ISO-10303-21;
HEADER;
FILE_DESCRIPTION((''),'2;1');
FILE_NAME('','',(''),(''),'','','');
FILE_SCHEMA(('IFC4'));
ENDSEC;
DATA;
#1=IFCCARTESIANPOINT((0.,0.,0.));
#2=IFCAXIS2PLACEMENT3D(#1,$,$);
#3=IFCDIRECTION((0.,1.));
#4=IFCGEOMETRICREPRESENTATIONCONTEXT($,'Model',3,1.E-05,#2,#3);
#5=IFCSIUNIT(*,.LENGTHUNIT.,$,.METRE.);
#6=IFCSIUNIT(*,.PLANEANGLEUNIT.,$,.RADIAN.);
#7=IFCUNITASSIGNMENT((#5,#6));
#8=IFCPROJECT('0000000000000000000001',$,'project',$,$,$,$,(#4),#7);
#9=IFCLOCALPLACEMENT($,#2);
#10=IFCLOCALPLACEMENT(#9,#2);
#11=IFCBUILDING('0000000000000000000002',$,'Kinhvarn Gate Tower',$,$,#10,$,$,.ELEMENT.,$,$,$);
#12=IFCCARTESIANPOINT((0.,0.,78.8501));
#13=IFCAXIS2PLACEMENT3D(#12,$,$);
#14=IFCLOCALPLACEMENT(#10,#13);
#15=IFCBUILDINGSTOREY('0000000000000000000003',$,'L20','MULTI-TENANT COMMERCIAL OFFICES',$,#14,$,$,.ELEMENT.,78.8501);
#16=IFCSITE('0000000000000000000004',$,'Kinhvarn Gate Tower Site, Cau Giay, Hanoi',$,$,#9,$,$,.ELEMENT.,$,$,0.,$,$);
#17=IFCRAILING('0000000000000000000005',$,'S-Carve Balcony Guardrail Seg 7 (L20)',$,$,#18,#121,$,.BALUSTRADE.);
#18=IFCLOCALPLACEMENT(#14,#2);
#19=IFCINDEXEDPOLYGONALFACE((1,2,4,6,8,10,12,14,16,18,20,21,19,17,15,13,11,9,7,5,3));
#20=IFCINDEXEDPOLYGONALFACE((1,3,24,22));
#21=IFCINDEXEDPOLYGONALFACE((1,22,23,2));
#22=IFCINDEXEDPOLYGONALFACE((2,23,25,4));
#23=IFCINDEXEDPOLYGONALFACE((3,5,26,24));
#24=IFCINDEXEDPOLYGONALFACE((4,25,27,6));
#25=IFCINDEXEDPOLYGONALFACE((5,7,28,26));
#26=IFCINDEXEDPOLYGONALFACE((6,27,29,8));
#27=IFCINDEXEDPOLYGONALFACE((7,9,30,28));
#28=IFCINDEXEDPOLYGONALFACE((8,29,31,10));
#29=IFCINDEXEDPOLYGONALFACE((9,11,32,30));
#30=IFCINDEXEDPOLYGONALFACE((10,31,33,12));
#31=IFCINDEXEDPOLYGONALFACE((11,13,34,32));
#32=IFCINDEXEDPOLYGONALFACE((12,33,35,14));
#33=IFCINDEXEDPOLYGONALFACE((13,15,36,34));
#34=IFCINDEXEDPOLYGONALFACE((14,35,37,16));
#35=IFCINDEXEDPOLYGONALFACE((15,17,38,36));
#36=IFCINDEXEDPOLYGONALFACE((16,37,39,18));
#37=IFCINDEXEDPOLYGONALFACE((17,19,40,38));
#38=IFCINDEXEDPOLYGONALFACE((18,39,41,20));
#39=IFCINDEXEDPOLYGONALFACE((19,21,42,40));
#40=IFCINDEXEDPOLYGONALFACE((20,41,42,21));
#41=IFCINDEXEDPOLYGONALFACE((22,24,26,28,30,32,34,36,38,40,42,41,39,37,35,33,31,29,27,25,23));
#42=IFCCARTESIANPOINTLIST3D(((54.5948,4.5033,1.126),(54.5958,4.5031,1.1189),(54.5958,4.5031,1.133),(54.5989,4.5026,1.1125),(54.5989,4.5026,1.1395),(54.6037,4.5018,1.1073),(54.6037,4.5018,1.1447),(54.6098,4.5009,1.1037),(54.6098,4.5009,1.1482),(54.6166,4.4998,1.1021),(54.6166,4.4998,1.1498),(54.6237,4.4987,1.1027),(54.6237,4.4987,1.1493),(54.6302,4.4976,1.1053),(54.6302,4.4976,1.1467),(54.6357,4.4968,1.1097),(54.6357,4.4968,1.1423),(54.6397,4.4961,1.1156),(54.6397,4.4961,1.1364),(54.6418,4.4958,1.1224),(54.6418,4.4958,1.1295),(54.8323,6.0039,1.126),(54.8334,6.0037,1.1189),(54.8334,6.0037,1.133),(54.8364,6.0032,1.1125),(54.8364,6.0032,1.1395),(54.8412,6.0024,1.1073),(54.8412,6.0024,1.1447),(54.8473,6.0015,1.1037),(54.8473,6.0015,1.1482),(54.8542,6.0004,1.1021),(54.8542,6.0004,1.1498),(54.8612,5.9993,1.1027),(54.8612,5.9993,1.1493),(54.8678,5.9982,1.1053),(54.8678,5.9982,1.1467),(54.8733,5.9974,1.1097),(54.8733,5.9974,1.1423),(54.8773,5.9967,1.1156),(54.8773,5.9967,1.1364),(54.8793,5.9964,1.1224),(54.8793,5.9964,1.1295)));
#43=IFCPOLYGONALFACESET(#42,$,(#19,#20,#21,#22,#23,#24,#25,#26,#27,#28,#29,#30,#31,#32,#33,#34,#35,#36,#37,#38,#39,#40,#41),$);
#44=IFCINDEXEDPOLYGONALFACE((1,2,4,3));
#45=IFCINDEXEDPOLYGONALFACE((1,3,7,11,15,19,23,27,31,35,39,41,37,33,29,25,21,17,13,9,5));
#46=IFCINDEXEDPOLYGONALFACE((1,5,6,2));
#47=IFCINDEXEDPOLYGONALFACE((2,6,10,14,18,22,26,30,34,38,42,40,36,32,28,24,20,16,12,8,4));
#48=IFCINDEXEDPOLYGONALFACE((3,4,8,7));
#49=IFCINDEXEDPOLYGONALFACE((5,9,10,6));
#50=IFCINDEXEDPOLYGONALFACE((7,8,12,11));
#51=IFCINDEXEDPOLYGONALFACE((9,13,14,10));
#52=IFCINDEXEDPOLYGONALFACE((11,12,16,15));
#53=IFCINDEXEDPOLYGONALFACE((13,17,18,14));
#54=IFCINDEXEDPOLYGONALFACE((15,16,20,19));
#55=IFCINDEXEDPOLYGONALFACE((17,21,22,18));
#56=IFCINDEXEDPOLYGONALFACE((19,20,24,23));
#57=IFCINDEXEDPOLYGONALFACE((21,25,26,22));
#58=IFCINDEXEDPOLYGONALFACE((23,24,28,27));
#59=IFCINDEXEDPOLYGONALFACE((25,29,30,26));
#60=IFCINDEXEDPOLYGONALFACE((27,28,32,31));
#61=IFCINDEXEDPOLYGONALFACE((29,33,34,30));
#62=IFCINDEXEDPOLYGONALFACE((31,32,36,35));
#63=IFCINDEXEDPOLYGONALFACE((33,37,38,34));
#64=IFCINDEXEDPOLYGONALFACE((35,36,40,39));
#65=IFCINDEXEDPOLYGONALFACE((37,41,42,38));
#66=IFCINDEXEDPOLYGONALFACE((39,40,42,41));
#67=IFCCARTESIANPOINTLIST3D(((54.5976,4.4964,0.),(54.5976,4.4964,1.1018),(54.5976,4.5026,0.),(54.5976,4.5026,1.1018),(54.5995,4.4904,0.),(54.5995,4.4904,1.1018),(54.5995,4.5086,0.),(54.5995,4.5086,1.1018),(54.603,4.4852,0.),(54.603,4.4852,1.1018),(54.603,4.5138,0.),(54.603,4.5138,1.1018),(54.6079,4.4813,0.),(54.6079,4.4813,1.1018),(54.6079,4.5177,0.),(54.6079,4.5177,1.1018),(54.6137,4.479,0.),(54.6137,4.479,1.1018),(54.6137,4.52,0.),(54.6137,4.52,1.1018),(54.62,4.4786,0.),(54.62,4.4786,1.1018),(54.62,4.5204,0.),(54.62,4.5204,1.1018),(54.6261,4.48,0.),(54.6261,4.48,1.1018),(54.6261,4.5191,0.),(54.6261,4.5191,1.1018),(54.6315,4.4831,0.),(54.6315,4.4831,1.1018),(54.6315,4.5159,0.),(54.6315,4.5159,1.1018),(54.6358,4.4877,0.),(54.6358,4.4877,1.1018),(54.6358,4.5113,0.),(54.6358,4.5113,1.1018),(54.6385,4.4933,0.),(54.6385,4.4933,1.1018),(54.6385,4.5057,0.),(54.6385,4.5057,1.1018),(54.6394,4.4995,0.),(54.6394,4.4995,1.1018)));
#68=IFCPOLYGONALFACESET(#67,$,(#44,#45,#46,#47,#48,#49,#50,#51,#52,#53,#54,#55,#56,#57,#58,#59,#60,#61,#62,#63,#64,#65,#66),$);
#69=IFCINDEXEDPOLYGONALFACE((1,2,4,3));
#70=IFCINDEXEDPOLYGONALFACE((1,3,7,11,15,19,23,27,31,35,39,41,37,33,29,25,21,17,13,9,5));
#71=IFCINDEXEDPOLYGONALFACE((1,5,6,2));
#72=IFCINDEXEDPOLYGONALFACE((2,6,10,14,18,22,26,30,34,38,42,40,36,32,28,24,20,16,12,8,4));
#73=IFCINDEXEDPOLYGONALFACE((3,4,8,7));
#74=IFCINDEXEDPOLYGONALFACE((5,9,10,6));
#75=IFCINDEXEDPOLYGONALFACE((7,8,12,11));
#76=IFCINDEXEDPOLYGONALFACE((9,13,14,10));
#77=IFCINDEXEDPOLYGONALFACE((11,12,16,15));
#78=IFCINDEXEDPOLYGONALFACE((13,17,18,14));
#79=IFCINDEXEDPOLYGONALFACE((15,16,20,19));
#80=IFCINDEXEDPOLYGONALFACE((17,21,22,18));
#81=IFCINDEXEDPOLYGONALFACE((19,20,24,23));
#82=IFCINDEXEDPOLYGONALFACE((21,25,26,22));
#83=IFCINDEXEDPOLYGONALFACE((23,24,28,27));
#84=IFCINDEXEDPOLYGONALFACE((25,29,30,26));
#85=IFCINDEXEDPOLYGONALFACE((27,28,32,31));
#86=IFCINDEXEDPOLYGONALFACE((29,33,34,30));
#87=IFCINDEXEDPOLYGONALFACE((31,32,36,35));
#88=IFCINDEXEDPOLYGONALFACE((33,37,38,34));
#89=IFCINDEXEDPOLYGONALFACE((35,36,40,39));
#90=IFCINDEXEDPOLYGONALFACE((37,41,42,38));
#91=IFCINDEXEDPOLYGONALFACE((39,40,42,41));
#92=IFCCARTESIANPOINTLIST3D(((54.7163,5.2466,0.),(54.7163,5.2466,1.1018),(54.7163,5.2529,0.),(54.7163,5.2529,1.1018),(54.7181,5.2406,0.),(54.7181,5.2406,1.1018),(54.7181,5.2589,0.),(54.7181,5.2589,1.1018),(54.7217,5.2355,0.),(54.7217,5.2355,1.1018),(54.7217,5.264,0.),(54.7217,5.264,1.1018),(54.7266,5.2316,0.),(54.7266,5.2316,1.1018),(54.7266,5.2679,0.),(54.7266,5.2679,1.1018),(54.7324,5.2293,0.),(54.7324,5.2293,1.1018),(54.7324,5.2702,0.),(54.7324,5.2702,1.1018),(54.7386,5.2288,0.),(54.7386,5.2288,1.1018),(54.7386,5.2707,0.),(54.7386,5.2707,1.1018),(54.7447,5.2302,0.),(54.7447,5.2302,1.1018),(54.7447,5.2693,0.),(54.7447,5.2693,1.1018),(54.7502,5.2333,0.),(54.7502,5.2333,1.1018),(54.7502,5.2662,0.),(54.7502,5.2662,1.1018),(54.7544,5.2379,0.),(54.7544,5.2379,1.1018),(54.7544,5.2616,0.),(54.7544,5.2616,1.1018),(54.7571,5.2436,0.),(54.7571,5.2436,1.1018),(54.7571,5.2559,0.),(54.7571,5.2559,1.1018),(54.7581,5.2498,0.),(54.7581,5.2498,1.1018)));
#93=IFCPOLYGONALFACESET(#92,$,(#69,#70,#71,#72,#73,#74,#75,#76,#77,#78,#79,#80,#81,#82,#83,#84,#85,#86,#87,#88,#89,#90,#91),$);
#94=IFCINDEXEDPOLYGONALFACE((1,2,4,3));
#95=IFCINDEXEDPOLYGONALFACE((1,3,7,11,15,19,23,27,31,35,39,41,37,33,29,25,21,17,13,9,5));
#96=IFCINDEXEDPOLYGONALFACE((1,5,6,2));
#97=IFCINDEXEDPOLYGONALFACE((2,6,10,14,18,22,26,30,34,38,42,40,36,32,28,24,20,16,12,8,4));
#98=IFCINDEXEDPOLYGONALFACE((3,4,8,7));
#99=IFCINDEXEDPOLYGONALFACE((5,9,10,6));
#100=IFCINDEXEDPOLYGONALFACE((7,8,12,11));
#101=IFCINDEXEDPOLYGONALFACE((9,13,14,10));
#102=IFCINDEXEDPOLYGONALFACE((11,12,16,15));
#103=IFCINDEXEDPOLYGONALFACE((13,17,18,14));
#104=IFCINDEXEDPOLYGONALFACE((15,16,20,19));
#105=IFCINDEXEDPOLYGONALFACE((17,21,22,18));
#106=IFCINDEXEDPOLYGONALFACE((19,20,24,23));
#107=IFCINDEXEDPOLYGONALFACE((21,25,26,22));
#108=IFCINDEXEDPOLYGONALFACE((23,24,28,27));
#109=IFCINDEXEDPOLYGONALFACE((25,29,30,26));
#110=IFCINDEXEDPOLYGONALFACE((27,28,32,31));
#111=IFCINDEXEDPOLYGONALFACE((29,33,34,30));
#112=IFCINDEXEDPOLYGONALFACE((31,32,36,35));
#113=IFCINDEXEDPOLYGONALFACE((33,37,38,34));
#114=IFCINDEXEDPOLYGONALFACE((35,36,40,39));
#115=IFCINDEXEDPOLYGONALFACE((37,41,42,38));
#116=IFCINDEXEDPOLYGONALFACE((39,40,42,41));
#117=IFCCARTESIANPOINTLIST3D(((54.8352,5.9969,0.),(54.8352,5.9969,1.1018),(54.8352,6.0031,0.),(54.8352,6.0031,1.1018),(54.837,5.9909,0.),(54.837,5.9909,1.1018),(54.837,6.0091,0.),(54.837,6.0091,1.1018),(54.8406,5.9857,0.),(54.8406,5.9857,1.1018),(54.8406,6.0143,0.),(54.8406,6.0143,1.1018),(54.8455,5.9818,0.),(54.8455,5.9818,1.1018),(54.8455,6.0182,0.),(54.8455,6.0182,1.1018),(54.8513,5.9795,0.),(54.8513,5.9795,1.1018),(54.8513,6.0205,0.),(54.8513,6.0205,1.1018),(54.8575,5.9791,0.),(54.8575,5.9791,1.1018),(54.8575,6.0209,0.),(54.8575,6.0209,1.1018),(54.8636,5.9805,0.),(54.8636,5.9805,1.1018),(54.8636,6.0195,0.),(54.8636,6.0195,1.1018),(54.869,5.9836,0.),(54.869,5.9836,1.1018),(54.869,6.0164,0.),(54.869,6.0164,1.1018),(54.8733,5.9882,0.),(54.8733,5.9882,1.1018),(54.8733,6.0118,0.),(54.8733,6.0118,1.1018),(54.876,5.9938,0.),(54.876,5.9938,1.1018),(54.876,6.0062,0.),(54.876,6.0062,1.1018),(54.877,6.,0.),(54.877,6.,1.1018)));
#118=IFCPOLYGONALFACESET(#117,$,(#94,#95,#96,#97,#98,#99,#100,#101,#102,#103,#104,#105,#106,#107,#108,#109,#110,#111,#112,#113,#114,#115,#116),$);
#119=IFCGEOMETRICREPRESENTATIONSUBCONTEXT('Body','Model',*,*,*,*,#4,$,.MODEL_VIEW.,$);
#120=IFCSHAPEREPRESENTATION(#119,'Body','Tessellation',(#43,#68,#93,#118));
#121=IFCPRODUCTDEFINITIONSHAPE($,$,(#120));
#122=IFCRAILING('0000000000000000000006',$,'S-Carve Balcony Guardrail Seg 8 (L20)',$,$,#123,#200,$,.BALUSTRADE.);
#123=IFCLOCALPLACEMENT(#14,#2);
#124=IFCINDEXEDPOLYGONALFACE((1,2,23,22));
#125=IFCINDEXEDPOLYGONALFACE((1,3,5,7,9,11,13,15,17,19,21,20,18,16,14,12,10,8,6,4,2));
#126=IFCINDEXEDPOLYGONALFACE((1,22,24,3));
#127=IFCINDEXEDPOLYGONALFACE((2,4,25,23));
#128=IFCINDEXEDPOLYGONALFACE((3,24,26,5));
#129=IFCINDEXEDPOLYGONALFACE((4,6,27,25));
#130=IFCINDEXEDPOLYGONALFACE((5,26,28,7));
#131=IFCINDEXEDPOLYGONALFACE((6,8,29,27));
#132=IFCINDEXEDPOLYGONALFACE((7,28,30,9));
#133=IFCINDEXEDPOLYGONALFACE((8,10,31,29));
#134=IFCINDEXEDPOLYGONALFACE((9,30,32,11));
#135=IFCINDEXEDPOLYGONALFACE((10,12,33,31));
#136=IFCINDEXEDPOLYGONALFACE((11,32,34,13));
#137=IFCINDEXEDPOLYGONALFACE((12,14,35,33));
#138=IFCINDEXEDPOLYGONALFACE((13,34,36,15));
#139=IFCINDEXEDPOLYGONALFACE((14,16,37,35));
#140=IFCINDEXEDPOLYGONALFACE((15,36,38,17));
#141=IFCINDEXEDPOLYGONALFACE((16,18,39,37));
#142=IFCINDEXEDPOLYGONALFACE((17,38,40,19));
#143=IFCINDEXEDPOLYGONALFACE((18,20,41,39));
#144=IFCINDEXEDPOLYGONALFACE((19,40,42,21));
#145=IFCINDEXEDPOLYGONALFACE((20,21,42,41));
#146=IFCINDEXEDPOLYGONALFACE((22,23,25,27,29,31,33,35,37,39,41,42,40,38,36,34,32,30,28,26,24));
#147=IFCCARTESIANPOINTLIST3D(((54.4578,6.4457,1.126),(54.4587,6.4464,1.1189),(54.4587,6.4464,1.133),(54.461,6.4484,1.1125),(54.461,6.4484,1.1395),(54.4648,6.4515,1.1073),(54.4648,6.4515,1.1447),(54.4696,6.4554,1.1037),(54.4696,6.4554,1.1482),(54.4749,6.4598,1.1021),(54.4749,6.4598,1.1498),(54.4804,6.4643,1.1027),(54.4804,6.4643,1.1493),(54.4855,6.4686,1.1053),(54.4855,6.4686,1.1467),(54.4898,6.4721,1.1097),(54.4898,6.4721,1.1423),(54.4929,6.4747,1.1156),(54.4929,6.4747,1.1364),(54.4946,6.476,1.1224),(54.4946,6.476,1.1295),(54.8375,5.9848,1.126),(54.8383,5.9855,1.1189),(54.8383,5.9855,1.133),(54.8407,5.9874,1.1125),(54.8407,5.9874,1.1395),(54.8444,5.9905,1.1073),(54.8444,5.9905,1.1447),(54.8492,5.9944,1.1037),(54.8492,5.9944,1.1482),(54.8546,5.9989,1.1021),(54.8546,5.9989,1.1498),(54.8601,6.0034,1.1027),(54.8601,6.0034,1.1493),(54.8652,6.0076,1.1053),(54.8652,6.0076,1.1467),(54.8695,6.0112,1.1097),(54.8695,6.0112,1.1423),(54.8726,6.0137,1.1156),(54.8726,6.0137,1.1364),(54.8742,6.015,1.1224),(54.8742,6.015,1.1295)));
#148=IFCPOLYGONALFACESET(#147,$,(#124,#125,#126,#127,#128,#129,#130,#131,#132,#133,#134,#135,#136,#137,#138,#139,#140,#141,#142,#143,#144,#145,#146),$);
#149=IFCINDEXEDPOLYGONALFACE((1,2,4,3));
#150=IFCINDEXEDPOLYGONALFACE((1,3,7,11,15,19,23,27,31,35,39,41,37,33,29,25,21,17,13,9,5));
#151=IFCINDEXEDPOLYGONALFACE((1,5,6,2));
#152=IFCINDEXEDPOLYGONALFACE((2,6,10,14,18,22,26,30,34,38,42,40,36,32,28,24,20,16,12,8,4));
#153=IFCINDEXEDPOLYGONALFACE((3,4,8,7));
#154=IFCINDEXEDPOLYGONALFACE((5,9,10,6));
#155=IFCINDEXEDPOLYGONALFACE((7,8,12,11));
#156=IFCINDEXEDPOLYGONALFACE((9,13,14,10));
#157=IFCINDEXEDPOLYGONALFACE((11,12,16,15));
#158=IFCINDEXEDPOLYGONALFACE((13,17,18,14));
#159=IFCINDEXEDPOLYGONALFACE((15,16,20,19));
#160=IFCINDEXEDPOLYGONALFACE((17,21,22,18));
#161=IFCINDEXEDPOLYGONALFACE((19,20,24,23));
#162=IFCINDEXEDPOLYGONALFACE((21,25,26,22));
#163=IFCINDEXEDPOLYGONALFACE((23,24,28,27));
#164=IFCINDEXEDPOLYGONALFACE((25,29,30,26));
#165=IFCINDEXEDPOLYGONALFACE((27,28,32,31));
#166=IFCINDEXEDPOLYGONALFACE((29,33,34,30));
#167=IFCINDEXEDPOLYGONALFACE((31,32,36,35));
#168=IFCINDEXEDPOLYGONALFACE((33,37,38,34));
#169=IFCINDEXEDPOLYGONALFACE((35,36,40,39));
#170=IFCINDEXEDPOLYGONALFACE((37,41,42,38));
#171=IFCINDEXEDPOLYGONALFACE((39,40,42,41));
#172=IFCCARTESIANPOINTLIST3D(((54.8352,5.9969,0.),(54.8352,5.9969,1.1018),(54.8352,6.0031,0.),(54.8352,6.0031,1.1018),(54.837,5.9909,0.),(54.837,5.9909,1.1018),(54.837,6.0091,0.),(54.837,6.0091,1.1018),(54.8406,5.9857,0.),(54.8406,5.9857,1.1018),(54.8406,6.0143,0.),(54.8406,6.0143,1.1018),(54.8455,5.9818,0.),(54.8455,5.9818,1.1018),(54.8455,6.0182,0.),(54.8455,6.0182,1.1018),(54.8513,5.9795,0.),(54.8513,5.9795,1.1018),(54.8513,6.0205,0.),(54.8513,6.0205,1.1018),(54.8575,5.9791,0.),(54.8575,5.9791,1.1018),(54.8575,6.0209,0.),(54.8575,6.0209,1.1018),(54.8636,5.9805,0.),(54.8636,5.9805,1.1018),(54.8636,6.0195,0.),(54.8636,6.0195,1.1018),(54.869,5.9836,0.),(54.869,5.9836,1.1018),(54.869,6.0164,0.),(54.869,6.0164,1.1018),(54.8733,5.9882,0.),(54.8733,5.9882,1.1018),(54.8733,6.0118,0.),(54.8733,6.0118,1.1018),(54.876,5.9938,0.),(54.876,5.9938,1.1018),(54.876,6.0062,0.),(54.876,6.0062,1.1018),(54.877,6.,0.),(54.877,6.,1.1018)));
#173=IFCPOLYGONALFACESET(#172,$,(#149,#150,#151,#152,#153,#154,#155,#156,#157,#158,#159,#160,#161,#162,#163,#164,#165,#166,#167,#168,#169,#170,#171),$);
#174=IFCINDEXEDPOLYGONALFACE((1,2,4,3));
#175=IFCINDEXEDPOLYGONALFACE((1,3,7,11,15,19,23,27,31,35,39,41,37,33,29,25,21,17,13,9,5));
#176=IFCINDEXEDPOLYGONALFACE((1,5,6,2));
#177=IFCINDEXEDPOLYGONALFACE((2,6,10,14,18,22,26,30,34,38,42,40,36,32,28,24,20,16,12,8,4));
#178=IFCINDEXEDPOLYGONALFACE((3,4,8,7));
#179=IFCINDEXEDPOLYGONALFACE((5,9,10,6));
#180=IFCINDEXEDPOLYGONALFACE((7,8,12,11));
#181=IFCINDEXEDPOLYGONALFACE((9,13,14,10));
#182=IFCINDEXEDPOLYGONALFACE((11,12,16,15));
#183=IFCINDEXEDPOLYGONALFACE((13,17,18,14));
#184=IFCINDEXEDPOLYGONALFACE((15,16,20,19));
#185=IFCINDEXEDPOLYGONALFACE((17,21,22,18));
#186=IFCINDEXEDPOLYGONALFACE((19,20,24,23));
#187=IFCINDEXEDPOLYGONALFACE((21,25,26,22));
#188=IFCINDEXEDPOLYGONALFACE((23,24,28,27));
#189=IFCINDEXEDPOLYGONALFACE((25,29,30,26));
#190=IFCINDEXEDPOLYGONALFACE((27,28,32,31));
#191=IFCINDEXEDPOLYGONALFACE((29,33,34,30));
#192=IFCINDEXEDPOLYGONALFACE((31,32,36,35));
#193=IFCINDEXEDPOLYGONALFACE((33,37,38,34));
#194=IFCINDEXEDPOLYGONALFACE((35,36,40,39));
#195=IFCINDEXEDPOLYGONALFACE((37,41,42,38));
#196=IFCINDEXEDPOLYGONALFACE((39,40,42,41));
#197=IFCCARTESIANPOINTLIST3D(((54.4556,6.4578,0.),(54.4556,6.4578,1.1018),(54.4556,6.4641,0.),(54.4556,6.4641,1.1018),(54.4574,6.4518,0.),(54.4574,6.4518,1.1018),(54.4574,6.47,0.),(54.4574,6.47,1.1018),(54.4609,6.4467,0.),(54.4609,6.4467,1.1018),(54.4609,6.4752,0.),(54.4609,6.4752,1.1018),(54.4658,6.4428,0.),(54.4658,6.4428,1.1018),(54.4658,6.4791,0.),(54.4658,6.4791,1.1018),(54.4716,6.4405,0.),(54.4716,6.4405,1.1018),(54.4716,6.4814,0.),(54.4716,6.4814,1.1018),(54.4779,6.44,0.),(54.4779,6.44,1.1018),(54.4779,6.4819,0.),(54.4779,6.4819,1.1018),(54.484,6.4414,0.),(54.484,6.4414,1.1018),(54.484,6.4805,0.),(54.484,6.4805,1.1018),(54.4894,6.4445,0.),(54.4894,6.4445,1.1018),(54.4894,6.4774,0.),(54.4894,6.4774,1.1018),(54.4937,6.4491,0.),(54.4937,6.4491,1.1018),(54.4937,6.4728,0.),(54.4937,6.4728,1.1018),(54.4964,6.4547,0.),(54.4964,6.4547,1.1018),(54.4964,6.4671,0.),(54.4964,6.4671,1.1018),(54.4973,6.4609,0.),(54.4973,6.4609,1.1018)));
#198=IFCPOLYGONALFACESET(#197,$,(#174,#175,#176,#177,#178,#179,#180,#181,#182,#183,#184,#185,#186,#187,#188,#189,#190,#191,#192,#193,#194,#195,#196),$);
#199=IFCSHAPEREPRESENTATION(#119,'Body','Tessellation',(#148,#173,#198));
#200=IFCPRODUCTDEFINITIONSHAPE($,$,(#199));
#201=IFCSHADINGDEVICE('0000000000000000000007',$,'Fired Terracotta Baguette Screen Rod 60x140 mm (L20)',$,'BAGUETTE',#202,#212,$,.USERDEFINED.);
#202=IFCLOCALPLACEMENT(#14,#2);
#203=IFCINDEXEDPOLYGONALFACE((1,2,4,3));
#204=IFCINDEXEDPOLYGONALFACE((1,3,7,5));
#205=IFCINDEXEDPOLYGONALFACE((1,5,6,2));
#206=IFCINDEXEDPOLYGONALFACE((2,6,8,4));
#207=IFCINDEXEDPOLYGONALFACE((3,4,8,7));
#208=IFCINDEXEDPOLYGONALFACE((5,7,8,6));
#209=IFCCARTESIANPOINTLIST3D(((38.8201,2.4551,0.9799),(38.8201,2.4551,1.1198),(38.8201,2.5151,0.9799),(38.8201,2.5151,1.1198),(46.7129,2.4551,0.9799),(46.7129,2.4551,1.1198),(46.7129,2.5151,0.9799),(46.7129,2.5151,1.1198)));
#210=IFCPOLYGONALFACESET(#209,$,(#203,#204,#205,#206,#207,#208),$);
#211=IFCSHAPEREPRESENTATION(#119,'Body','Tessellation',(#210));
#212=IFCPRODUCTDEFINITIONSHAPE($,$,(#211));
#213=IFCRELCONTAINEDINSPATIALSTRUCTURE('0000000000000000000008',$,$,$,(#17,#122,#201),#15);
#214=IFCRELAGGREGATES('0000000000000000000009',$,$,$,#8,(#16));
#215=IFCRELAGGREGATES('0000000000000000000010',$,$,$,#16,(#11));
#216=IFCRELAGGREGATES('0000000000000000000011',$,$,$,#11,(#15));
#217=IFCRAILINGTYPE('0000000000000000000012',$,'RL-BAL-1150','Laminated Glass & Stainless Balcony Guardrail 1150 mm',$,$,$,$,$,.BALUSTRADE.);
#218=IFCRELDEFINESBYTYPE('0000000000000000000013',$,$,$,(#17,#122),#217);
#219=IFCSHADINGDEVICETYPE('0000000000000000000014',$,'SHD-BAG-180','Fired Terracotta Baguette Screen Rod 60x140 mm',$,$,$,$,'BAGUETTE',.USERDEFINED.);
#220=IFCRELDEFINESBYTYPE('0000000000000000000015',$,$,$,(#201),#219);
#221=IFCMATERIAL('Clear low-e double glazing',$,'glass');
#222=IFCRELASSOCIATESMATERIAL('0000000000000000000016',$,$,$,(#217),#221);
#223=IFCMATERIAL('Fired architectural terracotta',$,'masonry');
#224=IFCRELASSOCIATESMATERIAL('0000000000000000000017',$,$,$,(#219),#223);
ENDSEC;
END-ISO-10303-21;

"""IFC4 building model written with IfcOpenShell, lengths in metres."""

from ifc_helpers import new_model, si_unit, direction, frame, origin, origin_2d, place, context, subcontext, project, spatial, rectangle, circle, extrude, material, material_profile, profile_set, type_object, element, save


model = new_model("IFC4")

# Units and contexts
model_context = context("Model", 3, precision=1e-05, world=origin(), true_north=direction((0.0, 1.0)))
body_context = subcontext(model_context, "Body", "Model", "MODEL_VIEW")
ifc_project = project(units=[si_unit("LENGTHUNIT", "METRE"), si_unit("PLANEANGLEUNIT", "RADIAN")], contexts=[model_context])

# Site, building, storey
site_placement = place(None, origin())
site = spatial("IfcSite", under=ifc_project, at=site_placement, Name="Kinhvarn Gate Tower Site, Cau Giay, Hanoi", CompositionType="ELEMENT", RefElevation=0.0)
building_placement = place(site_placement, origin())
building = spatial("IfcBuilding", under=site, at=building_placement, Name="Kinhvarn Gate Tower", CompositionType="ELEMENT")
storey_placement = place(building_placement, frame((0.0, 0.0, 78.8501)))
storey = spatial("IfcBuildingStorey", under=building, at=storey_placement, Name="L20", Description="MULTI-TENANT COMMERCIAL OFFICES", CompositionType="ELEMENT", Elevation=78.8501)

# Shared definitions
ifc_material_1 = material(Name="Clear low-e double glazing", Category="glass")

# Shared definitions
ifc_material_2 = material(Name="Fired architectural terracotta", Category="masonry")

# Railings
railing_type = type_object("IfcRailingType", Name="RL-BAL-1150", Description="Laminated Glass & Stainless Balcony Guardrail 1150 mm", PredefinedType="BALUSTRADE", material=ifc_material_1)
railing_1_placement = place(storey_placement, frame((54.6184, 4.4995, 0.0)))
element("IfcRailing", 1, at=railing_1_placement, inside=storey, type_object=railing_type, Name="S-Carve Balcony Guardrail Seg 7 (L20)", PredefinedType="BALUSTRADE", context=body_context, shape_type="SweptSolid", body=[
    extrude(circle(Radius=0.0239, at=origin_2d()), frame((0.0, 0.0, 1.126), z_axis=(0.156367, 0.987699, 0.0), x_axis=(-0.987699, 0.156367, 0.0)), (0.0, 0.0, 1.0), 1.5193),
    extrude(circle(Radius=0.021, at=origin_2d()), origin(), (0.0, 0.0, 1.0), 1.1018),
    extrude(circle(Radius=0.021, at=origin_2d()), frame((0.1187, 0.7502, 0.0)), (0.0, 0.0, 1.0), 1.1018),
    extrude(circle(Radius=0.021, at=origin_2d()), frame((0.2375, 1.5005, 0.0)), (0.0, 0.0, 1.0), 1.1018),
])
railing_2_placement = place(storey_placement, frame((54.856, 6.0, 0.0)))
element("IfcRailing", 2, at=railing_2_placement, inside=storey, type_object=railing_type, Name="S-Carve Balcony Guardrail Seg 8 (L20)", PredefinedType="BALUSTRADE", context=body_context, shape_type="SweptSolid", body=[
    extrude(circle(Radius=0.0239, at=origin_2d()), frame((0.0, 0.0, 1.126), z_axis=(-0.63575, 0.771895, 0.0), x_axis=(-0.771895, -0.63575, 0.0)), (0.0, 0.0, 1.0), 0.5972),
    extrude(circle(Radius=0.021, at=origin_2d()), origin(), (0.0, 0.0, 1.0), 1.1018),
    extrude(circle(Radius=0.021, at=origin_2d()), frame((-0.3796, 0.4609, 0.0)), (0.0, 0.0, 1.0), 1.1018),
])

# Shading device
ifc_material_profile_1 = material_profile(ifc_material_2, rectangle(XDim=0.0601, YDim=0.1399, at=origin_2d()), Name="TC 60x140")
ifc_profile_set_1 = profile_set([ifc_material_profile_1], Name="Fired architectural terracotta")
shading_device_type = type_object("IfcShadingDeviceType", Name="SHD-BAG-180", Description="Fired Terracotta Baguette Screen Rod 60x140 mm", ElementType="BAGUETTE", PredefinedType="USERDEFINED", material=ifc_profile_set_1)
for number, where, z_axis, x_axis, name in (
    (3, (38.8201, 2.4851, 1.0498), (1.0, 0.0, 0.0), (0.0, 1.0, 0.0), "Fired Terracotta Baguette Screen Rod 60x140 mm (L20)"),
):
    element("IfcShadingDevice", number, at=place(storey_placement, frame(where, z_axis=z_axis, x_axis=x_axis)), inside=storey, type_object=shading_device_type, Name=name, ObjectType="BAGUETTE", PredefinedType="USERDEFINED", context=body_context, shape_type="SweptSolid", body=[
        extrude(rectangle(XDim=0.0601, YDim=0.1399, at=origin_2d()), origin(), (0.0, 0.0, 1.0), 7.8928),
    ])

save(model, "model.ifc")
